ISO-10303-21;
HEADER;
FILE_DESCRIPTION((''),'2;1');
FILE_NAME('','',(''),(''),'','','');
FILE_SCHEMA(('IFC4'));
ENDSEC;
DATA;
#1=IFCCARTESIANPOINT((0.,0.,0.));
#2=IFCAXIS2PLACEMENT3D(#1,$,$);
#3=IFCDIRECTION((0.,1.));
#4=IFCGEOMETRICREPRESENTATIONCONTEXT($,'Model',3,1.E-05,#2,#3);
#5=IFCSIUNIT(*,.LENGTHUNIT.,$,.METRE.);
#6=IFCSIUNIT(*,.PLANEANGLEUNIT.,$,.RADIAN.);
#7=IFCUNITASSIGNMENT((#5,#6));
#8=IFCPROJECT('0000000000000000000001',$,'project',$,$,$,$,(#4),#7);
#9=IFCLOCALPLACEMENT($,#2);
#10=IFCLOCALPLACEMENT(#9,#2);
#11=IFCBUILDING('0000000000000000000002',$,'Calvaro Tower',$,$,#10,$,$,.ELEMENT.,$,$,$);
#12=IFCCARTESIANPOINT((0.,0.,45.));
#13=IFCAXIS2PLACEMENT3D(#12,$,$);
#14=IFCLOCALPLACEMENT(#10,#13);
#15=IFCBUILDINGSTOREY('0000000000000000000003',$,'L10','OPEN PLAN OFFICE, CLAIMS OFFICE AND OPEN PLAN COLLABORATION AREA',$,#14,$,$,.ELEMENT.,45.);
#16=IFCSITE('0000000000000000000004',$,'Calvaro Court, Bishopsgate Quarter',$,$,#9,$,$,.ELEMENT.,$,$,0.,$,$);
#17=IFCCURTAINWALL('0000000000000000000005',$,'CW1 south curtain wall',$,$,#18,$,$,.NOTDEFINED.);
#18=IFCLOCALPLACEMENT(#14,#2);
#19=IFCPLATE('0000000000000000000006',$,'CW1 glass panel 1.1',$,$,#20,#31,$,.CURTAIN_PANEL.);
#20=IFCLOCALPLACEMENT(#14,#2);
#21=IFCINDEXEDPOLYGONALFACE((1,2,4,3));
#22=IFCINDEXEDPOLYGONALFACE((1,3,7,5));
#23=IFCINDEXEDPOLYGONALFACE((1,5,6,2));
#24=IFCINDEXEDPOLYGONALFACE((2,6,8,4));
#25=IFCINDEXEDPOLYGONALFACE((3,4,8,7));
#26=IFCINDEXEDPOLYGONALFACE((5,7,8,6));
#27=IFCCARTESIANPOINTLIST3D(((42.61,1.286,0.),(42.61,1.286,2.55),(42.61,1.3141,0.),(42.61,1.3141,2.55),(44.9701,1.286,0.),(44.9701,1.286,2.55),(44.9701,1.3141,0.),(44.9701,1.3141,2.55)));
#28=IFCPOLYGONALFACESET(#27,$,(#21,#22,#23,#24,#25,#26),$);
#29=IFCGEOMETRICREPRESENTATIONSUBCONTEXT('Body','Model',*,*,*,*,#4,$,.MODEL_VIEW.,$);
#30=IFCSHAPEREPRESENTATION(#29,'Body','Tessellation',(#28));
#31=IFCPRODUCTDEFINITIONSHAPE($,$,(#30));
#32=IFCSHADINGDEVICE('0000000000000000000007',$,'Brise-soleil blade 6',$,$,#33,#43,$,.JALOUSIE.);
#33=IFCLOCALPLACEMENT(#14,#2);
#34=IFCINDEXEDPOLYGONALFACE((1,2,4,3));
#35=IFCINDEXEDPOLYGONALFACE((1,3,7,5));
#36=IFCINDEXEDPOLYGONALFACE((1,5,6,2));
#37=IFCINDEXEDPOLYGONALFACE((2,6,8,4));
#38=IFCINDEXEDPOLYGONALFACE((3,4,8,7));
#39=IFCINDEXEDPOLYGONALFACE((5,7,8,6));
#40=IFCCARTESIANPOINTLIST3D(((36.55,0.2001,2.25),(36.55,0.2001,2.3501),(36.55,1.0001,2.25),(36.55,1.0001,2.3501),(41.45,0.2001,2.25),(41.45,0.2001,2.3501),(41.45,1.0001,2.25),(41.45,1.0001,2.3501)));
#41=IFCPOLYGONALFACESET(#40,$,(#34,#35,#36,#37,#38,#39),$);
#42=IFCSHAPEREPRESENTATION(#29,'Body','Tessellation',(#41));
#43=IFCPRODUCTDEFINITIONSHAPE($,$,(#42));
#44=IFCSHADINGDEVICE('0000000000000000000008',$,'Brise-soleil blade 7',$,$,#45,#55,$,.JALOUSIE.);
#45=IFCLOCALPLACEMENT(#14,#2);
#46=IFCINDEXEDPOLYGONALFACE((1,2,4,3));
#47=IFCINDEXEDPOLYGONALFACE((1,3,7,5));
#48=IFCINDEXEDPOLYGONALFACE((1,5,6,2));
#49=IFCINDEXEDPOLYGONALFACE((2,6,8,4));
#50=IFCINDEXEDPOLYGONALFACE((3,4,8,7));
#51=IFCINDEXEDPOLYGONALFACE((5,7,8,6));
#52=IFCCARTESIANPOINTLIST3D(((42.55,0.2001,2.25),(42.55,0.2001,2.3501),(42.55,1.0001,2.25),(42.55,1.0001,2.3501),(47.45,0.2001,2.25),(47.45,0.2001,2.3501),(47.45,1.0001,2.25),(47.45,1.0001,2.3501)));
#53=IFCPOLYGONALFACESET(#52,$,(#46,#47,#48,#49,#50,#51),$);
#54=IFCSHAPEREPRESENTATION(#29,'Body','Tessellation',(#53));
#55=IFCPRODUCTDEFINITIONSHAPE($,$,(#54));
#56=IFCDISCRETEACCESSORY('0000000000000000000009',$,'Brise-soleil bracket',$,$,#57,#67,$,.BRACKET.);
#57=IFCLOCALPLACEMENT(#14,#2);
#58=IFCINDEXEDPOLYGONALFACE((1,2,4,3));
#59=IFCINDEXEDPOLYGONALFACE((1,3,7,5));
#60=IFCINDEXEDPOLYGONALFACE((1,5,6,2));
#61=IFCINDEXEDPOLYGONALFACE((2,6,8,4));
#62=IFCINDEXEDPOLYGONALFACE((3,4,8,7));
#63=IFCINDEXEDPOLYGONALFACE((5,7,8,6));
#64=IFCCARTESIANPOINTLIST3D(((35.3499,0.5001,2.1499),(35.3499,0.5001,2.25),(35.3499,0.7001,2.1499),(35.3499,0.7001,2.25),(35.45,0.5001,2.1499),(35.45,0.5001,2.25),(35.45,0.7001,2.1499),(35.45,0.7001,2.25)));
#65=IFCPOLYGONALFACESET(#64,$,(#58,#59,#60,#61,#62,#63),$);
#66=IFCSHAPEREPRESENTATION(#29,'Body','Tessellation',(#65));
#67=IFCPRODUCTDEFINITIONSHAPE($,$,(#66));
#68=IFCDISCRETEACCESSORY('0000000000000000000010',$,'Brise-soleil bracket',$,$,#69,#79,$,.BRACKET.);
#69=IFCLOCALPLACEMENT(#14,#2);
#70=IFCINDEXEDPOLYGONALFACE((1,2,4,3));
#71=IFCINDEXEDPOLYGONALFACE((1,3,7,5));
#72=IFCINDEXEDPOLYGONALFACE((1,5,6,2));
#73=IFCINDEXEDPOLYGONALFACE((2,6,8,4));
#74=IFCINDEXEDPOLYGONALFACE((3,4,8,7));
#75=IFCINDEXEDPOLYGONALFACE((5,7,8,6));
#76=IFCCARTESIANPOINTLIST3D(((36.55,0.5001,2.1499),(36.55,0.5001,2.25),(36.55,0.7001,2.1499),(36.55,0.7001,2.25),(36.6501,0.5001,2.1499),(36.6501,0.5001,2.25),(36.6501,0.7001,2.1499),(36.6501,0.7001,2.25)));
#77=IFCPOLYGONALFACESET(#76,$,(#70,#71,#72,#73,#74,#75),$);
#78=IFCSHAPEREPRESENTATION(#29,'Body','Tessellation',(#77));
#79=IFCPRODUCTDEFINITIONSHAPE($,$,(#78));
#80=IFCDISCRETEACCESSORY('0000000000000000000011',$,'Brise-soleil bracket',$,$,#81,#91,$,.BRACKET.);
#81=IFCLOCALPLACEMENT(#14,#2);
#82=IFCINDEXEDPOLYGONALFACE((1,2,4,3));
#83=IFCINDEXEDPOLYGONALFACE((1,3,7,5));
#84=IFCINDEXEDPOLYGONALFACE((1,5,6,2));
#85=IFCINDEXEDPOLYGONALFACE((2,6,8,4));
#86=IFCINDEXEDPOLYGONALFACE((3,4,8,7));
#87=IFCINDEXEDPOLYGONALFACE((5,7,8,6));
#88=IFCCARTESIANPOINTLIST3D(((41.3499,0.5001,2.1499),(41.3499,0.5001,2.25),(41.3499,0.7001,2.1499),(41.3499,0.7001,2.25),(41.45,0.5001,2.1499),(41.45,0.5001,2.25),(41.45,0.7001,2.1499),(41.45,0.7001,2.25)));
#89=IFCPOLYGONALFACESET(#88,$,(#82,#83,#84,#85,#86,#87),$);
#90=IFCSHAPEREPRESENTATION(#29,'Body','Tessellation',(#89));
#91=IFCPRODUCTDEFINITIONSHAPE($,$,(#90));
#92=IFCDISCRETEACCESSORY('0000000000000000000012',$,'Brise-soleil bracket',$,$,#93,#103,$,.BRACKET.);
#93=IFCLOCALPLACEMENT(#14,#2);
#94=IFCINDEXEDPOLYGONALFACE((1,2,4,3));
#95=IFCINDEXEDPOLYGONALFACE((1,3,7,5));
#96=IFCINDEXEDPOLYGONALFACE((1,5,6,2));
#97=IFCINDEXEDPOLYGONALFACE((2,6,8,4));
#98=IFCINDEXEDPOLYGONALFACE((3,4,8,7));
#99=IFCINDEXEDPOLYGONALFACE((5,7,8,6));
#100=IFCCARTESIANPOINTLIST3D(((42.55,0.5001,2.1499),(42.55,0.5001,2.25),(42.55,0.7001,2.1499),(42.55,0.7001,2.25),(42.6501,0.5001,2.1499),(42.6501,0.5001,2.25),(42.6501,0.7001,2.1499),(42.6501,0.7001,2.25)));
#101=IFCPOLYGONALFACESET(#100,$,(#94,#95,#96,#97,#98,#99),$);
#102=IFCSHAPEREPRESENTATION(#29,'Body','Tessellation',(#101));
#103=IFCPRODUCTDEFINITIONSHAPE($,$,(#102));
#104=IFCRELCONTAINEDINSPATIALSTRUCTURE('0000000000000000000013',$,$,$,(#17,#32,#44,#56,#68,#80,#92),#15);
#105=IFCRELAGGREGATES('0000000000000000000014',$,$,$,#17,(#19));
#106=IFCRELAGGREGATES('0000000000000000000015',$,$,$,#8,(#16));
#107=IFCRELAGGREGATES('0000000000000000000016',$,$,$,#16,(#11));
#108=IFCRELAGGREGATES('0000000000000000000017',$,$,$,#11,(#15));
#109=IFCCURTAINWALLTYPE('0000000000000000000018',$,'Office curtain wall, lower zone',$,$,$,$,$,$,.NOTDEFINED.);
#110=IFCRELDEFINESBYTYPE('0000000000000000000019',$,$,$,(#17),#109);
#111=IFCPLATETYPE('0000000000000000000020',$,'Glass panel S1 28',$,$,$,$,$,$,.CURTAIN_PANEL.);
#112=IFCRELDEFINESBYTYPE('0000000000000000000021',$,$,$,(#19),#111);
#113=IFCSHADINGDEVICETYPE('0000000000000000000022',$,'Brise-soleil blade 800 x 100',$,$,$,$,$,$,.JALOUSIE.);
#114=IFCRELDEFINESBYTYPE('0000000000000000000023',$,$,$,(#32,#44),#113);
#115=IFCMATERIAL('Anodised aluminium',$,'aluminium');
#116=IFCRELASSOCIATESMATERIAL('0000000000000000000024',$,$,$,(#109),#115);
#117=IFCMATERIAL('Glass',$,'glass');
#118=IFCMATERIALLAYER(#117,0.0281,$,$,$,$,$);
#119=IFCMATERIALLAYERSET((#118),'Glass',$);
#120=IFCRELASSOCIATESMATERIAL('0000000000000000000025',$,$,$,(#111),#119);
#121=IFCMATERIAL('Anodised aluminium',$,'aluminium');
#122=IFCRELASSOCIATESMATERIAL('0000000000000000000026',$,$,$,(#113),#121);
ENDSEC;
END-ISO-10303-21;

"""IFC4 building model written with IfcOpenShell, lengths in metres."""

from ifc_helpers import new_model, si_unit, direction, frame, origin, origin_2d, place, context, subcontext, project, spatial, rectangle, extrude, material, layer, layer_set, material_profile, profile_set, type_object, element, aggregate, save


model = new_model("IFC4")

# Units and contexts
model_context = context("Model", 3, precision=1e-05, world=origin(), true_north=direction((0.0, 1.0)))
body_context = subcontext(model_context, "Body", "Model", "MODEL_VIEW")
ifc_project = project(units=[si_unit("LENGTHUNIT", "METRE"), si_unit("PLANEANGLEUNIT", "RADIAN")], contexts=[model_context])

# Site, building, storey
site_placement = place(None, origin())
site = spatial("IfcSite", under=ifc_project, at=site_placement, Name="Calvaro Court, Bishopsgate Quarter", CompositionType="ELEMENT", RefElevation=0.0)
building_placement = place(site_placement, origin())
building = spatial("IfcBuilding", under=site, at=building_placement, Name="Calvaro Tower", CompositionType="ELEMENT")
storey_placement = place(building_placement, frame((0.0, 0.0, 45.0)))
storey = spatial("IfcBuildingStorey", under=building, at=storey_placement, Name="L10", Description="OPEN PLAN OFFICE, CLAIMS OFFICE AND OPEN PLAN COLLABORATION AREA", CompositionType="ELEMENT", Elevation=45.0)

# Shared definitions
ifc_material_1 = material(Name="Anodised aluminium", Category="aluminium")
curtain_wall_type = type_object("IfcCurtainWallType", Name="Office curtain wall, lower zone", PredefinedType="NOTDEFINED", material=ifc_material_1)

# Curtain wall
curtain_wall_1_placement = place(storey_placement, origin())
curtain_wall_1 = element("IfcCurtainWall", 1, at=curtain_wall_1_placement, inside=storey, type_object=curtain_wall_type, Name="CW1 south curtain wall", PredefinedType="NOTDEFINED")

# Plate
ifc_material_2 = material(Name="Glass", Category="glass")
ifc_layer = layer(ifc_material_2, 0.0281)
ifc_layer_set = layer_set([ifc_layer], Name="Glass")
plate_type = type_object("IfcPlateType", Name="Glass panel S1 28", PredefinedType="CURTAIN_PANEL", material=ifc_layer_set)
plate_1_placement = place(storey_placement, frame((43.79, 1.3, 0.0), z_axis=(0.0, 0.0, 1.0), x_axis=(1.0, 0.0, 0.0)))
plate_1 = element("IfcPlate", 2, at=plate_1_placement, type_object=plate_type, Name="CW1 glass panel 1.1", PredefinedType="CURTAIN_PANEL", context=body_context, shape_type="SweptSolid", body=[
    extrude(rectangle(XDim=2.3601, YDim=0.0281, at=origin_2d()), origin(), (0.0, 0.0, 1.0), 2.55),
])
aggregate(curtain_wall_1, [plate_1])

# Shading devices
ifc_material_3 = material(Name="Anodised aluminium", Category="aluminium")
ifc_material_profile_1 = material_profile(ifc_material_3, rectangle(XDim=0.8, YDim=0.1001, at=origin_2d()), Name="Brise-soleil blade 800 x 100")
ifc_profile_set_1 = profile_set([ifc_material_profile_1], Name="Anodised aluminium")
shading_device_type = type_object("IfcShadingDeviceType", Name="Brise-soleil blade 800 x 100", PredefinedType="JALOUSIE", material=ifc_profile_set_1)
for number, where, z_axis, x_axis, name in (
    (3, (36.55, 0.6001, 2.3), (1.0, 0.0, 0.0), (0.0, 1.0, 0.0), "Brise-soleil blade 6"),
    (4, (42.55, 0.6001, 2.3), (1.0, 0.0, 0.0), (0.0, 1.0, 0.0), "Brise-soleil blade 7"),
):
    element("IfcShadingDevice", number, at=place(storey_placement, frame(where, z_axis=z_axis, x_axis=x_axis)), inside=storey, type_object=shading_device_type, Name=name, PredefinedType="JALOUSIE", context=body_context, shape_type="SweptSolid", body=[
        extrude(rectangle(XDim=0.8, YDim=0.1001, at=origin_2d()), origin(), (0.0, 0.0, 1.0), 4.8999),
    ])

# Discrete accessories
for number, where, z_axis, x_axis, name in (
    (5, (35.3999, 0.6001, 2.1499), (0.0, 0.0, 1.0), (1.0, 0.0, 0.0), "Brise-soleil bracket"),
    (6, (36.6001, 0.6001, 2.1499), (0.0, 0.0, 1.0), (1.0, 0.0, 0.0), "Brise-soleil bracket"),
    (7, (41.3999, 0.6001, 2.1499), (0.0, 0.0, 1.0), (1.0, 0.0, 0.0), "Brise-soleil bracket"),
    (8, (42.6001, 0.6001, 2.1499), (0.0, 0.0, 1.0), (1.0, 0.0, 0.0), "Brise-soleil bracket"),
):
    element("IfcDiscreteAccessory", number, at=place(storey_placement, frame(where, z_axis=z_axis, x_axis=x_axis)), inside=storey, Name=name, PredefinedType="BRACKET", context=body_context, shape_type="SweptSolid", body=[
        extrude(rectangle(XDim=0.1001, YDim=0.2, at=origin_2d()), origin(), (0.0, 0.0, 1.0), 0.1001),
    ])

save(model, "model.ifc")
